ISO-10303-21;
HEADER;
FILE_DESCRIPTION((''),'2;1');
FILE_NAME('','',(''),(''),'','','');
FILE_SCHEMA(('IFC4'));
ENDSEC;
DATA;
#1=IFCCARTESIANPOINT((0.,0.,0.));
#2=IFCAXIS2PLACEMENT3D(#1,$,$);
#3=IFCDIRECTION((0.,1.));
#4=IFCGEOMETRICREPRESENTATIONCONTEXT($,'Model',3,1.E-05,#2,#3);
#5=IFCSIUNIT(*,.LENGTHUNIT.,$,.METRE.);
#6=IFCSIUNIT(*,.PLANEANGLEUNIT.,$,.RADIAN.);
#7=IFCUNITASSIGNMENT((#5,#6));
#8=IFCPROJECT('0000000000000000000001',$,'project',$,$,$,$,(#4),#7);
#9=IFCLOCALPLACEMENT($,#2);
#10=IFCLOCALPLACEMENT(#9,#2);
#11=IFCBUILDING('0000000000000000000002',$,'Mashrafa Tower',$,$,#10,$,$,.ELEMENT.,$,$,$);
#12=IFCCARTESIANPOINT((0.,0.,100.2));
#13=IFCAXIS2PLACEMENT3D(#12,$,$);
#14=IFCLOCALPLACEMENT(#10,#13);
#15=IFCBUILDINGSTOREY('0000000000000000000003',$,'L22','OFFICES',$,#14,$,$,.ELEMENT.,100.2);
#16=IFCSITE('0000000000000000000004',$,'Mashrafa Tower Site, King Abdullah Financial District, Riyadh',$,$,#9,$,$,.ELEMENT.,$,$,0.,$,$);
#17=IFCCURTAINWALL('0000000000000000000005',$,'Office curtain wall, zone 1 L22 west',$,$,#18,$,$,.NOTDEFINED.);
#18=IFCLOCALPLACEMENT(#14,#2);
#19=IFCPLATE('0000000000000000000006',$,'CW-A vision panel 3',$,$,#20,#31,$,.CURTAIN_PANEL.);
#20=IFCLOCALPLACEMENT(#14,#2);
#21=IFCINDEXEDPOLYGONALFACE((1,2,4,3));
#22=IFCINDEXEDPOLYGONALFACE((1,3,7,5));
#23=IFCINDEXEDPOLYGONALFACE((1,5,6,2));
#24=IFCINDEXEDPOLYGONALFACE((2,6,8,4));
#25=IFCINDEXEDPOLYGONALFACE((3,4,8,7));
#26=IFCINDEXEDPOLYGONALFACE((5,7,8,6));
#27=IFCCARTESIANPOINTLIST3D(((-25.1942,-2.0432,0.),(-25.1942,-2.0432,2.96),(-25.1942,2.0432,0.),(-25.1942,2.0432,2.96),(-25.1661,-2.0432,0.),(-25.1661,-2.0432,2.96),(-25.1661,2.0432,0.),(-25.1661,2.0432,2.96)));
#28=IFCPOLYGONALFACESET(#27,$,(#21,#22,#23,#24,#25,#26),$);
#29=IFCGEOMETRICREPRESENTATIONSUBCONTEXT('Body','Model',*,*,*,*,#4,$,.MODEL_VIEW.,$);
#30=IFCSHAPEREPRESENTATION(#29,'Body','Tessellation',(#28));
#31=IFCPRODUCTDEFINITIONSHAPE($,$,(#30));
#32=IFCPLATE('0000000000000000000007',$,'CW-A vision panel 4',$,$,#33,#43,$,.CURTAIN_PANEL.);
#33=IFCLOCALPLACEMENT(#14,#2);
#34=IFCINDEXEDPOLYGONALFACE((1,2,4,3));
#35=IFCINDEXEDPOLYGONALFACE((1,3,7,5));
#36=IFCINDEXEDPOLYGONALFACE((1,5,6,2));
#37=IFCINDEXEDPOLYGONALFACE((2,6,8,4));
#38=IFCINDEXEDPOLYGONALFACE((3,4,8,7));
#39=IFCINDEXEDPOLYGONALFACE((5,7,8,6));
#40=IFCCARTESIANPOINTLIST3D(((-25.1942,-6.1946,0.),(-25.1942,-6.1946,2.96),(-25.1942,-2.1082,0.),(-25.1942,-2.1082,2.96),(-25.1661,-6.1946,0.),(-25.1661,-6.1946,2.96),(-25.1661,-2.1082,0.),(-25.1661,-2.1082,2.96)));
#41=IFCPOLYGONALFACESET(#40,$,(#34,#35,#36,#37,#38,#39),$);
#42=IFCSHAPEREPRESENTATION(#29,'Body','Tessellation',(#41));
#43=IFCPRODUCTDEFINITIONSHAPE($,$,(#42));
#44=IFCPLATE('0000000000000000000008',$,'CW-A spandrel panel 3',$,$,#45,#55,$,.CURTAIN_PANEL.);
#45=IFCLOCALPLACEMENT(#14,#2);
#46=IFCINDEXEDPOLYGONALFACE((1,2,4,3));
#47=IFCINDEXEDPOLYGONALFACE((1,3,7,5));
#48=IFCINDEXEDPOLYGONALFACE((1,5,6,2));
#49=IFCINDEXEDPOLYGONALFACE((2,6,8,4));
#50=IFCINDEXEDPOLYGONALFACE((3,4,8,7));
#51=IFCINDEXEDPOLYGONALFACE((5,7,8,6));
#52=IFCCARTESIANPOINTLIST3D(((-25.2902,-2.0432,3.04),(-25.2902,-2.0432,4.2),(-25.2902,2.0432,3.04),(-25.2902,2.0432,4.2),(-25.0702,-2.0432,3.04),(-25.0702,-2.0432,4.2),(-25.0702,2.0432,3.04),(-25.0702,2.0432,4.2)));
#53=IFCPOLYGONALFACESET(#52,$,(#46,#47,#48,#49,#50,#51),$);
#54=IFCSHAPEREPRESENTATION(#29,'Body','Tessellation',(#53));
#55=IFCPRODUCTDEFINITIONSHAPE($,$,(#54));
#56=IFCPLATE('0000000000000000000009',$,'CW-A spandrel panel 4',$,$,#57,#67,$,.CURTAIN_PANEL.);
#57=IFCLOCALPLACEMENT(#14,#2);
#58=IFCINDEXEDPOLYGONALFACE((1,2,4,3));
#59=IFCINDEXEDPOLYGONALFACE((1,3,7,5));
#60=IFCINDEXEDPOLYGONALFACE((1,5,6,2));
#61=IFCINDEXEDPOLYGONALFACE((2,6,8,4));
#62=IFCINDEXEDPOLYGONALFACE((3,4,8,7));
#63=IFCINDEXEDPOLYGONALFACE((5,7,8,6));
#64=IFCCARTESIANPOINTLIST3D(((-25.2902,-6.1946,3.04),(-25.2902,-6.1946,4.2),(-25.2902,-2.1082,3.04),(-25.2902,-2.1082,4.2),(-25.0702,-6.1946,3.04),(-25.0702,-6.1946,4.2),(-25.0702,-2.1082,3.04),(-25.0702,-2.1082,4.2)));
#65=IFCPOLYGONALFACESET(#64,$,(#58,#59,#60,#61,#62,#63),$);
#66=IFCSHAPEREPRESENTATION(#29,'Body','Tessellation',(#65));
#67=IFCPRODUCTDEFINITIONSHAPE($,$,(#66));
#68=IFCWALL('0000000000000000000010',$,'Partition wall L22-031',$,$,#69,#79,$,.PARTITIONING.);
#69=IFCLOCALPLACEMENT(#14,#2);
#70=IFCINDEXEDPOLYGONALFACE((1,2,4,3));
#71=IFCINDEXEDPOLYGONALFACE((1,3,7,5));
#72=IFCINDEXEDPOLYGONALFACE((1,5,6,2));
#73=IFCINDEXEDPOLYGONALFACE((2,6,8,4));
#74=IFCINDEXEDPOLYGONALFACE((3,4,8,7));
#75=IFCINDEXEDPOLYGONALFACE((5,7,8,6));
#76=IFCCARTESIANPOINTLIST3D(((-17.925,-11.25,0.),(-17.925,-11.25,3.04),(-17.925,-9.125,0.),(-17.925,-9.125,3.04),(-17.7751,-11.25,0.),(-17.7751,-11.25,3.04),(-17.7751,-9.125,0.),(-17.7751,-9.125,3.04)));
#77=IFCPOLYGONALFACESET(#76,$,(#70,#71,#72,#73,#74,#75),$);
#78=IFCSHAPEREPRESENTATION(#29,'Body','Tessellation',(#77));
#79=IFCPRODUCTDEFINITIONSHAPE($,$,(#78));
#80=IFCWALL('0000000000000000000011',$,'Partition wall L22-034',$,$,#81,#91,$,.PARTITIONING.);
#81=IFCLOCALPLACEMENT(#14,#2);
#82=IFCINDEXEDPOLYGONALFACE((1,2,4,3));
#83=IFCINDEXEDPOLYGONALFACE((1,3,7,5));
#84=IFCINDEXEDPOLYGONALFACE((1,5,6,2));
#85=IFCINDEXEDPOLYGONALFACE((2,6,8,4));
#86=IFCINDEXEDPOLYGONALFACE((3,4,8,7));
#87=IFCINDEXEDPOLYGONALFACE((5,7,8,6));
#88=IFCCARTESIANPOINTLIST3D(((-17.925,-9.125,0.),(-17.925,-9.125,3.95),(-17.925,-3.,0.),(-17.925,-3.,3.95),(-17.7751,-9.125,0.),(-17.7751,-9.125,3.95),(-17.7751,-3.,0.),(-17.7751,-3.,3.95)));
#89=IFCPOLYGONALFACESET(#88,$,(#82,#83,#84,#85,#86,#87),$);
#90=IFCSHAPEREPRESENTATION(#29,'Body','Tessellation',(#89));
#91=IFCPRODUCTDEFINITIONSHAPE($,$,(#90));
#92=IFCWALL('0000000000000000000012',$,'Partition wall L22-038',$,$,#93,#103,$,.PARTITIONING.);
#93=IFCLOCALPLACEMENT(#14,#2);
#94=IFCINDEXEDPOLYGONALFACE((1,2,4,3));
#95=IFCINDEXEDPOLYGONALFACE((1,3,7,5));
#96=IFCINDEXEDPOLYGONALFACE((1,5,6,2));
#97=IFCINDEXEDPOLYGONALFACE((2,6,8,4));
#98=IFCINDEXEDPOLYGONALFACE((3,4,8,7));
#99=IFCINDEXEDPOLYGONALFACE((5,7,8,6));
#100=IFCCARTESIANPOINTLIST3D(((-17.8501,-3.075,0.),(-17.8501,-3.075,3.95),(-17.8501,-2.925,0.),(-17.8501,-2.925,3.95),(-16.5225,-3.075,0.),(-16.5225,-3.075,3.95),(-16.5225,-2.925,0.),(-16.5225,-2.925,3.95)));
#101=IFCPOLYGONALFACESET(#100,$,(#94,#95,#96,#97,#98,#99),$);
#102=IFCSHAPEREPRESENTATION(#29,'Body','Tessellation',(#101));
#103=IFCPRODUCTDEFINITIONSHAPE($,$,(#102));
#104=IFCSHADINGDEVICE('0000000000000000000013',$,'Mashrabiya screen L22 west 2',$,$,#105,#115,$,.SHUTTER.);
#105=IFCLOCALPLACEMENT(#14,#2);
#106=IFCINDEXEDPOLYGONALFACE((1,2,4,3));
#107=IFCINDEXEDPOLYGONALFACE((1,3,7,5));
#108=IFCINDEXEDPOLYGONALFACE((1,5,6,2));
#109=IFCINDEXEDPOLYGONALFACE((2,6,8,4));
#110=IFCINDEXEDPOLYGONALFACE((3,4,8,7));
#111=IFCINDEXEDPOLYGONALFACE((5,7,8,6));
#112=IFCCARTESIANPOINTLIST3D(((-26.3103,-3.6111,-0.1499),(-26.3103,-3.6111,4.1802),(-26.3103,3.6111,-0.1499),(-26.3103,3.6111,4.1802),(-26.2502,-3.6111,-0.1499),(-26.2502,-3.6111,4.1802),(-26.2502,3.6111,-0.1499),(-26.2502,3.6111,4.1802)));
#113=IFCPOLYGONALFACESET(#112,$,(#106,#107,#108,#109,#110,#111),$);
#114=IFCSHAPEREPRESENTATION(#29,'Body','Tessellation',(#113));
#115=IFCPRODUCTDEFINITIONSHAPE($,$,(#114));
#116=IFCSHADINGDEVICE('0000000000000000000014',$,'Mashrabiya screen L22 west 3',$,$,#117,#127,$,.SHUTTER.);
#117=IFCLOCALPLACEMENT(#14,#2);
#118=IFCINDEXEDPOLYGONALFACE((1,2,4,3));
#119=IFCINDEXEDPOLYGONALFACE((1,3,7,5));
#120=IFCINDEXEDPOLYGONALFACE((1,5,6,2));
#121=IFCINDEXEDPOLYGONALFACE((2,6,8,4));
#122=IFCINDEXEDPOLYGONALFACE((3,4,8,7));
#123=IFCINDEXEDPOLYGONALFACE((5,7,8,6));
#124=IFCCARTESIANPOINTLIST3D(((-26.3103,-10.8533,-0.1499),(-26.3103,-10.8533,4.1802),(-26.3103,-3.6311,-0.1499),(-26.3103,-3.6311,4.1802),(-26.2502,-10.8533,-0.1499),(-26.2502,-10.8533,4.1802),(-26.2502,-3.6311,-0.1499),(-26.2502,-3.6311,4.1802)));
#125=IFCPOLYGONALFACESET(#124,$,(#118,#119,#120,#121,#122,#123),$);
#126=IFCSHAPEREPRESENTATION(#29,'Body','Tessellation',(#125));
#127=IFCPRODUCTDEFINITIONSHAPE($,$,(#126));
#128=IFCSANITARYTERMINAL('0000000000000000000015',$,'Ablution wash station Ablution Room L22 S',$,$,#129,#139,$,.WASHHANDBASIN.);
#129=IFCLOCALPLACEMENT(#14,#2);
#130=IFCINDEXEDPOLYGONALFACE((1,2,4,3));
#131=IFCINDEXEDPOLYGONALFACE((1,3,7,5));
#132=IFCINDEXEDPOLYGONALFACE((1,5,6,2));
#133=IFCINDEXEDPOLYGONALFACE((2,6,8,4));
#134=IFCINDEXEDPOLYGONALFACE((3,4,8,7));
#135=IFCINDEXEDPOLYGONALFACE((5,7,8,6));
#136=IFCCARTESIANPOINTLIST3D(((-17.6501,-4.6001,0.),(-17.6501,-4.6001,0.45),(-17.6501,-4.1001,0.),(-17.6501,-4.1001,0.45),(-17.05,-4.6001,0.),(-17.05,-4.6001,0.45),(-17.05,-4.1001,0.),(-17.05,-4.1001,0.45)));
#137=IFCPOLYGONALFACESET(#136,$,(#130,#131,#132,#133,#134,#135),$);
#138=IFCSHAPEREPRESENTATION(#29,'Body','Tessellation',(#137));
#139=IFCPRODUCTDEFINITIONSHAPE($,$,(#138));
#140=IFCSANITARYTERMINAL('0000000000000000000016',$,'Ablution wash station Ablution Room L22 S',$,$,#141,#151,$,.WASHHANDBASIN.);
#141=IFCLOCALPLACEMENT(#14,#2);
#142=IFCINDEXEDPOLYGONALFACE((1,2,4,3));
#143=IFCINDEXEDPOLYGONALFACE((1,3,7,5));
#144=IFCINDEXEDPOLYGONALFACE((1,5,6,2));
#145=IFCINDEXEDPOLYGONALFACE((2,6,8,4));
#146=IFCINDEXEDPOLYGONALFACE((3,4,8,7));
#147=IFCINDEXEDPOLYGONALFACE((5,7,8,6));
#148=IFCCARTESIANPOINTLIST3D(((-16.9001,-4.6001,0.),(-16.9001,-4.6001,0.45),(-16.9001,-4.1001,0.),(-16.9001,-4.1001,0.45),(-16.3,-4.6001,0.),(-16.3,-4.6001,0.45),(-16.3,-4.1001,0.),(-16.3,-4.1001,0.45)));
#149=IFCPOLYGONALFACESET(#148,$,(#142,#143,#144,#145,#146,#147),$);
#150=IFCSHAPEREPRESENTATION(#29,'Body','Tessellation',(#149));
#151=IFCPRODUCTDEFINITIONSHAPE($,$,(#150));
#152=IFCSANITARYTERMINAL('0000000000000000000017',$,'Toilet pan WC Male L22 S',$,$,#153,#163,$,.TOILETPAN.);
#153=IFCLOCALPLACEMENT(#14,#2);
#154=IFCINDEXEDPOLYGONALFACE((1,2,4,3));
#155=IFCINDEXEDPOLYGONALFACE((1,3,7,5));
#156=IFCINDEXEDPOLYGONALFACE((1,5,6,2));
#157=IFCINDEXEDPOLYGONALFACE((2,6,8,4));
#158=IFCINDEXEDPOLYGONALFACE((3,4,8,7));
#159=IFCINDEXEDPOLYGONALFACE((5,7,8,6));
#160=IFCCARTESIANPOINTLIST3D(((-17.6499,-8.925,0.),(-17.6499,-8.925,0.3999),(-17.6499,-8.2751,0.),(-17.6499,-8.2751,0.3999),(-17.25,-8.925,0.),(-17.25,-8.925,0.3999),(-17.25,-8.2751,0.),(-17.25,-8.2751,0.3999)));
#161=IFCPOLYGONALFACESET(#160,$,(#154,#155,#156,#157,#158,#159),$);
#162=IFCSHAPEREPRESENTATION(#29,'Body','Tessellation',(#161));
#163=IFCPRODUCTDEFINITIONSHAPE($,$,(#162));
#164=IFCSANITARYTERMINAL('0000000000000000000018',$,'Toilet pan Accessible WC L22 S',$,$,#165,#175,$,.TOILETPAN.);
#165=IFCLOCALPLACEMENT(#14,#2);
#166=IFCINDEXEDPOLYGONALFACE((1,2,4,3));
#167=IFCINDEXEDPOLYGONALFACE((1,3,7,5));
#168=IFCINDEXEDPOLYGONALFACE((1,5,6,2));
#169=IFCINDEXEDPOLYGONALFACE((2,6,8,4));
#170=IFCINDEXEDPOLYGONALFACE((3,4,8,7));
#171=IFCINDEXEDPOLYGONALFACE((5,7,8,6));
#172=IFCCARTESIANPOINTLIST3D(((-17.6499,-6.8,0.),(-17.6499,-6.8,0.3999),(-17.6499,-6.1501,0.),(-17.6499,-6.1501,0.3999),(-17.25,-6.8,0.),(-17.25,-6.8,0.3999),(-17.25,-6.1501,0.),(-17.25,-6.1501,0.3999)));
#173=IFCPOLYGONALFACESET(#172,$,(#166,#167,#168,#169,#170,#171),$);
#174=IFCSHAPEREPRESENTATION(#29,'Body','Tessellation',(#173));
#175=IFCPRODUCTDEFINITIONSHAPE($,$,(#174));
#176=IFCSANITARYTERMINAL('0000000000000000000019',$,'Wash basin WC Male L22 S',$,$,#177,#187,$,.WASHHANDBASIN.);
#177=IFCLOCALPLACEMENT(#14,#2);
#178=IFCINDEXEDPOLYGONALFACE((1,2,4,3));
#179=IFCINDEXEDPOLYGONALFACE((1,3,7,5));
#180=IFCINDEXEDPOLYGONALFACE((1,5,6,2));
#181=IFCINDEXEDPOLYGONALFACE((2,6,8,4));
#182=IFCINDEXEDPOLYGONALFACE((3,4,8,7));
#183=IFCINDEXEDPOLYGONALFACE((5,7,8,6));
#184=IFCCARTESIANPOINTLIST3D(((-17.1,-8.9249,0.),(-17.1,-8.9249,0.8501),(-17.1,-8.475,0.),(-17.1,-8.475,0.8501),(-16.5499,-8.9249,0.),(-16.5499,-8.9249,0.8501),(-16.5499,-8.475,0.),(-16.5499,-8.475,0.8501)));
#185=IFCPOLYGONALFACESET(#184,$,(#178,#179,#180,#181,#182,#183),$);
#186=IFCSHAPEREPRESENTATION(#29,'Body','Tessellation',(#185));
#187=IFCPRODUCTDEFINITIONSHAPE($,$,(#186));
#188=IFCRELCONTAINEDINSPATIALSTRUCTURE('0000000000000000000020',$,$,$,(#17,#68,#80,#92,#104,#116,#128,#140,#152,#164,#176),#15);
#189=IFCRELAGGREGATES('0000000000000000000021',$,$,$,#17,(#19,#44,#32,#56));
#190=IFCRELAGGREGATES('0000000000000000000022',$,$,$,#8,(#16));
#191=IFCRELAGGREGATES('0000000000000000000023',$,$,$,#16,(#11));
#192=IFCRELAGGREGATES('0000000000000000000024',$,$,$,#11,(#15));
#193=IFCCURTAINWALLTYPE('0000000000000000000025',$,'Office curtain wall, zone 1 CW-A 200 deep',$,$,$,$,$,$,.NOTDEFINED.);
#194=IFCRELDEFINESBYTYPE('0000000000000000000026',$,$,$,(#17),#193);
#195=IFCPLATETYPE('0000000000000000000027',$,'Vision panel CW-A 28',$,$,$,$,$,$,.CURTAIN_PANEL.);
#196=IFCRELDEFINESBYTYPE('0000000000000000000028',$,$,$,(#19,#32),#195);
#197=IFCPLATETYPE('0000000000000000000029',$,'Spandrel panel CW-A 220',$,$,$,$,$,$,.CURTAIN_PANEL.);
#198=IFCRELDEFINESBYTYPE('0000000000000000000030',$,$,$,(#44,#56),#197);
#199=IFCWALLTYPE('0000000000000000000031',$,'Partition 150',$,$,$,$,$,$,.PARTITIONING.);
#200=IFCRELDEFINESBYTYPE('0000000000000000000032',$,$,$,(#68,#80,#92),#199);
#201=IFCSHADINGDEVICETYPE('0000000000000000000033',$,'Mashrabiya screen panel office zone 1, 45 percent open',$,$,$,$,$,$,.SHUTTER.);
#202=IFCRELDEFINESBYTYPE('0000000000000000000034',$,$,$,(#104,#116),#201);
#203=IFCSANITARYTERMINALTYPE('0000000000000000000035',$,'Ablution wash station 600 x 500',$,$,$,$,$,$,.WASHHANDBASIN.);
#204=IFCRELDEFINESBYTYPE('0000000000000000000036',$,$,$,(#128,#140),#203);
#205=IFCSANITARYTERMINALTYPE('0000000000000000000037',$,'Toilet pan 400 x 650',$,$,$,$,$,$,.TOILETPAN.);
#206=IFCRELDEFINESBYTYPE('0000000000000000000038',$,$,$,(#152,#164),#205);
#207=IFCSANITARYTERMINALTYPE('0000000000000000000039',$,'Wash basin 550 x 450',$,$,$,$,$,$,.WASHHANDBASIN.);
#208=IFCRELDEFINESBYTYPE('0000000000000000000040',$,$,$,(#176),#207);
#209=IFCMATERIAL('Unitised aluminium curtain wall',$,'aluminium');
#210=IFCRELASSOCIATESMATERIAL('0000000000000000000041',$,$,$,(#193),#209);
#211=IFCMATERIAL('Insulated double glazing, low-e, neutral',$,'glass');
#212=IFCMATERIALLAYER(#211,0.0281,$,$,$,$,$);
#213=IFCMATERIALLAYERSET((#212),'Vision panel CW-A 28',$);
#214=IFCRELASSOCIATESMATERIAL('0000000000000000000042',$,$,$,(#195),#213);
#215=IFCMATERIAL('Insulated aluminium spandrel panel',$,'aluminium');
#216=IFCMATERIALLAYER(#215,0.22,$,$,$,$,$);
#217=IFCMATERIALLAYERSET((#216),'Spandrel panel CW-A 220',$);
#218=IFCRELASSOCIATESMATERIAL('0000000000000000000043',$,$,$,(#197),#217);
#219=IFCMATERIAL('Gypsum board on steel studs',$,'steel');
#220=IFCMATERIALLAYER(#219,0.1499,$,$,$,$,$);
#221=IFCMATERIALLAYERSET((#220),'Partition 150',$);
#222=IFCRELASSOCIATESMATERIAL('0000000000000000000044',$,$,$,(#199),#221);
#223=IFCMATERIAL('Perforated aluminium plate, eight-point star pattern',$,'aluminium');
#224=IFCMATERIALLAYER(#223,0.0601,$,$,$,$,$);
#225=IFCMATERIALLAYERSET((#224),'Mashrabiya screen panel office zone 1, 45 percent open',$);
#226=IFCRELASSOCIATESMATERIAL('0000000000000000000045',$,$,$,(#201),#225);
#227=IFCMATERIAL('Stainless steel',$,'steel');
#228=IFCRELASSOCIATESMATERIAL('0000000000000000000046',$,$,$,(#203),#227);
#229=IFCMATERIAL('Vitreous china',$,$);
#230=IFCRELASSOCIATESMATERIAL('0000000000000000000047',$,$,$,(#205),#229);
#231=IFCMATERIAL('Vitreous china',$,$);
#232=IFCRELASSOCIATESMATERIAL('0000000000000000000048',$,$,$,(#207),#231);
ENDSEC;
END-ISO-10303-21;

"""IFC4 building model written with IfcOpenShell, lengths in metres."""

from ifc_helpers import new_model, si_unit, direction, frame, frame_2d, origin, origin_2d, place, context, subcontext, project, spatial, rectangle, extrude, source, transform, mapped, material, layer, layer_set, type_object, type_shapes, element, aggregate, save


model = new_model("IFC4")

# Units and contexts
model_context = context("Model", 3, precision=1e-05, world=origin(), true_north=direction((0.0, 1.0)))
body_context = subcontext(model_context, "Body", "Model", "MODEL_VIEW")
ifc_project = project(units=[si_unit("LENGTHUNIT", "METRE"), si_unit("PLANEANGLEUNIT", "RADIAN")], contexts=[model_context])

# Site, building, storey
site_placement = place(None, origin())
site = spatial("IfcSite", under=ifc_project, at=site_placement, Name="Mashrafa Tower Site, King Abdullah Financial District, Riyadh", CompositionType="ELEMENT", RefElevation=0.0)
building_placement = place(site_placement, origin())
building = spatial("IfcBuilding", under=site, at=building_placement, Name="Mashrafa Tower", CompositionType="ELEMENT")
storey_placement = place(building_placement, frame((0.0, 0.0, 100.2)))
storey = spatial("IfcBuildingStorey", under=building, at=storey_placement, Name="L22", Description="OFFICES", CompositionType="ELEMENT", Elevation=100.2)

# Curtain wall, plates
ifc_material_1 = material(Name="Unitised aluminium curtain wall", Category="aluminium")
curtain_wall_type = type_object("IfcCurtainWallType", Name="Office curtain wall, zone 1 CW-A 200 deep", PredefinedType="NOTDEFINED", material=ifc_material_1)
curtain_wall_placement = place(storey_placement, origin())
curtain_wall = element("IfcCurtainWall", 1, at=curtain_wall_placement, inside=storey, type_object=curtain_wall_type, Name="Office curtain wall, zone 1 L22 west", PredefinedType="NOTDEFINED")
ifc_material_2 = material(Name="Insulated double glazing, low-e, neutral", Category="glass")
ifc_layer_1 = layer(ifc_material_2, 0.0281)
ifc_layer_set_1 = layer_set([ifc_layer_1], Name="Vision panel CW-A 28")
plate_type_1 = type_object("IfcPlateType", Name="Vision panel CW-A 28", PredefinedType="CURTAIN_PANEL", material=ifc_layer_set_1)
ifc_material_3 = material(Name="Insulated aluminium spandrel panel", Category="aluminium")
ifc_layer_2 = layer(ifc_material_3, 0.22)
ifc_layer_set_2 = layer_set([ifc_layer_2], Name="Spandrel panel CW-A 220")
plate_type_2 = type_object("IfcPlateType", Name="Spandrel panel CW-A 220", PredefinedType="CURTAIN_PANEL", material=ifc_layer_set_2)
shared_shape_1 = source(origin(), body_context, "Body", "SweptSolid", [
    extrude(rectangle(XDim=4.0864, YDim=0.0281, at=origin_2d()), origin(), (0.0, 0.0, 1.0), 2.96),
])
plate_1_placement = place(storey_placement, frame((-25.1802, 0.0, 0.0), z_axis=(0.0, 0.0, 1.0), x_axis=(0.0, -1.0, 0.0)))
plate_1 = element("IfcPlate", 2, at=plate_1_placement, type_object=plate_type_1, Name="CW-A vision panel 3", PredefinedType="CURTAIN_PANEL", context=body_context, shape_type="MappedRepresentation", body=[
    mapped(shared_shape_1, transform((0.0, 0.0, 0.0))),
])
plate_2_placement = place(storey_placement, frame((-25.1802, -4.1514, 0.0), z_axis=(0.0, 0.0, 1.0), x_axis=(0.0, -1.0, 0.0)))
plate_2 = element("IfcPlate", 3, at=plate_2_placement, type_object=plate_type_1, Name="CW-A vision panel 4", PredefinedType="CURTAIN_PANEL", context=body_context, shape_type="MappedRepresentation", body=[
    mapped(shared_shape_1, transform((0.0, 0.0, 0.0))),
])
shared_shape_2 = source(origin(), body_context, "Body", "SweptSolid", [
    extrude(rectangle(XDim=4.0864, YDim=0.22, at=origin_2d()), origin(), (0.0, 0.0, 1.0), 1.1599),
])
plate_3_placement = place(storey_placement, frame((-25.1802, 0.0, 3.04), z_axis=(0.0, 0.0, 1.0), x_axis=(0.0, -1.0, 0.0)))
plate_3 = element("IfcPlate", 4, at=plate_3_placement, type_object=plate_type_2, Name="CW-A spandrel panel 3", PredefinedType="CURTAIN_PANEL", context=body_context, shape_type="MappedRepresentation", body=[
    mapped(shared_shape_2, transform((0.0, 0.0, 0.0))),
])
plate_4_placement = place(storey_placement, frame((-25.1802, -4.1514, 3.04), z_axis=(0.0, 0.0, 1.0), x_axis=(0.0, -1.0, 0.0)))
plate_4 = element("IfcPlate", 5, at=plate_4_placement, type_object=plate_type_2, Name="CW-A spandrel panel 4", PredefinedType="CURTAIN_PANEL", context=body_context, shape_type="MappedRepresentation", body=[
    mapped(shared_shape_2, transform((0.0, 0.0, 0.0))),
])
aggregate(curtain_wall, [plate_1, plate_3, plate_2, plate_4])

# Walls
ifc_material_4 = material(Name="Gypsum board on steel studs", Category="steel")
ifc_layer_3 = layer(ifc_material_4, 0.1499)
ifc_layer_set_3 = layer_set([ifc_layer_3], Name="Partition 150")
wall_type = type_object("IfcWallType", Name="Partition 150", PredefinedType="PARTITIONING", material=ifc_layer_set_3)
wall_1_placement = place(storey_placement, frame((-17.8501, -9.125, 0.0), z_axis=(0.0, 0.0, 1.0), x_axis=(0.0, -1.0, 0.0)))
element("IfcWall", 6, at=wall_1_placement, inside=storey, type_object=wall_type, Name="Partition wall L22-031", PredefinedType="PARTITIONING", context=body_context, shape_type="SweptSolid", body=[
    extrude(rectangle(XDim=2.125, YDim=0.1499, at=frame_2d((1.0625, 0.0))), origin(), (0.0, 0.0, 1.0), 3.04),
])
wall_2_placement = place(storey_placement, frame((-17.8501, -9.125, 0.0), z_axis=(0.0, 0.0, 1.0), x_axis=(0.0, 1.0, 0.0)))
element("IfcWall", 7, at=wall_2_placement, inside=storey, type_object=wall_type, Name="Partition wall L22-034", PredefinedType="PARTITIONING", context=body_context, shape_type="SweptSolid", body=[
    extrude(rectangle(XDim=6.125, YDim=0.1499, at=frame_2d((3.0625, 0.0))), origin(), (0.0, 0.0, 1.0), 3.95),
])
wall_3_placement = place(storey_placement, frame((-16.5225, -3.0, 0.0), z_axis=(0.0, 0.0, 1.0), x_axis=(-1.0, 0.0, 0.0)))
element("IfcWall", 8, at=wall_3_placement, inside=storey, type_object=wall_type, Name="Partition wall L22-038", PredefinedType="PARTITIONING", context=body_context, shape_type="SweptSolid", body=[
    extrude(rectangle(XDim=1.3276, YDim=0.1499, at=frame_2d((0.6638, 0.0))), origin(), (0.0, 0.0, 1.0), 3.95),
])

# Shading devices
ifc_material_5 = material(Name="Perforated aluminium plate, eight-point star pattern", Category="aluminium")
ifc_layer_4 = layer(ifc_material_5, 0.0601)
ifc_layer_set_4 = layer_set([ifc_layer_4], Name="Mashrabiya screen panel office zone 1, 45 percent open")
shading_device_type = type_object("IfcShadingDeviceType", Name="Mashrabiya screen panel office zone 1, 45 percent open", PredefinedType="SHUTTER", material=ifc_layer_set_4)
shared_shape_3 = source(origin(), body_context, "Body", "SweptSolid", [
    extrude(rectangle(XDim=7.2222, YDim=0.0601, at=origin_2d()), origin(), (0.0, 0.0, 1.0), 4.3301),
])
type_shapes(shading_device_type, [shared_shape_3])
for number, where, z_axis, x_axis, name in (
    (9, (-26.2803, 0.0, -0.1499), (0.0, 0.0, 1.0), (0.0, -1.0, 0.0), "Mashrabiya screen L22 west 2"),
    (10, (-26.2803, -7.2422, -0.1499), (0.0, 0.0, 1.0), (0.0, -1.0, 0.0), "Mashrabiya screen L22 west 3"),
):
    element("IfcShadingDevice", number, at=place(storey_placement, frame(where, z_axis=z_axis, x_axis=x_axis)), inside=storey, type_object=shading_device_type, Name=name, PredefinedType="SHUTTER", context=body_context, shape_type="MappedRepresentation", body=[
        mapped(shared_shape_3, transform((0.0, 0.0, 0.0))),
    ])

# Sanitary terminals
ifc_material_6 = material(Name="Stainless steel", Category="steel")
sanitary_terminal_type_1 = type_object("IfcSanitaryTerminalType", Name="Ablution wash station 600 x 500", PredefinedType="WASHHANDBASIN", material=ifc_material_6)
for number, where, z_axis, x_axis, name in (
    (11, (-17.3501, -4.3501, 0.0), (0.0, 0.0, 1.0), (1.0, 0.0, 0.0), "Ablution wash station Ablution Room L22 S"),
    (12, (-16.6001, -4.3501, 0.0), (0.0, 0.0, 1.0), (1.0, 0.0, 0.0), "Ablution wash station Ablution Room L22 S"),
):
    element("IfcSanitaryTerminal", number, at=place(storey_placement, frame(where, z_axis=z_axis, x_axis=x_axis)), inside=storey, type_object=sanitary_terminal_type_1, Name=name, PredefinedType="WASHHANDBASIN", context=body_context, shape_type="SweptSolid", body=[
        extrude(rectangle(XDim=0.6001, YDim=0.5, at=origin_2d()), origin(), (0.0, 0.0, 1.0), 0.45),
    ])
ifc_material_7 = material(Name="Vitreous china")
sanitary_terminal_type_2 = type_object("IfcSanitaryTerminalType", Name="Toilet pan 400 x 650", PredefinedType="TOILETPAN", material=ifc_material_7)
for number, where, z_axis, x_axis, name in (
    (13, (-17.45, -8.6001, 0.0), (0.0, 0.0, 1.0), (1.0, 0.0, 0.0), "Toilet pan WC Male L22 S"),
    (14, (-17.45, -6.4751, 0.0), (0.0, 0.0, 1.0), (1.0, 0.0, 0.0), "Toilet pan Accessible WC L22 S"),
):
    element("IfcSanitaryTerminal", number, at=place(storey_placement, frame(where, z_axis=z_axis, x_axis=x_axis)), inside=storey, type_object=sanitary_terminal_type_2, Name=name, PredefinedType="TOILETPAN", context=body_context, shape_type="SweptSolid", body=[
        extrude(rectangle(XDim=0.3999, YDim=0.6499, at=origin_2d()), origin(), (0.0, 0.0, 1.0), 0.3999),
    ])
ifc_material_8 = material(Name="Vitreous china")
sanitary_terminal_type_3 = type_object("IfcSanitaryTerminalType", Name="Wash basin 550 x 450", PredefinedType="WASHHANDBASIN", material=ifc_material_8)
for number, where, z_axis, x_axis, name in (
    (15, (-16.825, -8.7, 0.0), (0.0, 0.0, 1.0), (1.0, 0.0, 0.0), "Wash basin WC Male L22 S"),
):
    element("IfcSanitaryTerminal", number, at=place(storey_placement, frame(where, z_axis=z_axis, x_axis=x_axis)), inside=storey, type_object=sanitary_terminal_type_3, Name=name, PredefinedType="WASHHANDBASIN", context=body_context, shape_type="SweptSolid", body=[
        extrude(rectangle(XDim=0.55, YDim=0.45, at=origin_2d()), origin(), (0.0, 0.0, 1.0), 0.8501),
    ])

save(model, "model.ifc")
